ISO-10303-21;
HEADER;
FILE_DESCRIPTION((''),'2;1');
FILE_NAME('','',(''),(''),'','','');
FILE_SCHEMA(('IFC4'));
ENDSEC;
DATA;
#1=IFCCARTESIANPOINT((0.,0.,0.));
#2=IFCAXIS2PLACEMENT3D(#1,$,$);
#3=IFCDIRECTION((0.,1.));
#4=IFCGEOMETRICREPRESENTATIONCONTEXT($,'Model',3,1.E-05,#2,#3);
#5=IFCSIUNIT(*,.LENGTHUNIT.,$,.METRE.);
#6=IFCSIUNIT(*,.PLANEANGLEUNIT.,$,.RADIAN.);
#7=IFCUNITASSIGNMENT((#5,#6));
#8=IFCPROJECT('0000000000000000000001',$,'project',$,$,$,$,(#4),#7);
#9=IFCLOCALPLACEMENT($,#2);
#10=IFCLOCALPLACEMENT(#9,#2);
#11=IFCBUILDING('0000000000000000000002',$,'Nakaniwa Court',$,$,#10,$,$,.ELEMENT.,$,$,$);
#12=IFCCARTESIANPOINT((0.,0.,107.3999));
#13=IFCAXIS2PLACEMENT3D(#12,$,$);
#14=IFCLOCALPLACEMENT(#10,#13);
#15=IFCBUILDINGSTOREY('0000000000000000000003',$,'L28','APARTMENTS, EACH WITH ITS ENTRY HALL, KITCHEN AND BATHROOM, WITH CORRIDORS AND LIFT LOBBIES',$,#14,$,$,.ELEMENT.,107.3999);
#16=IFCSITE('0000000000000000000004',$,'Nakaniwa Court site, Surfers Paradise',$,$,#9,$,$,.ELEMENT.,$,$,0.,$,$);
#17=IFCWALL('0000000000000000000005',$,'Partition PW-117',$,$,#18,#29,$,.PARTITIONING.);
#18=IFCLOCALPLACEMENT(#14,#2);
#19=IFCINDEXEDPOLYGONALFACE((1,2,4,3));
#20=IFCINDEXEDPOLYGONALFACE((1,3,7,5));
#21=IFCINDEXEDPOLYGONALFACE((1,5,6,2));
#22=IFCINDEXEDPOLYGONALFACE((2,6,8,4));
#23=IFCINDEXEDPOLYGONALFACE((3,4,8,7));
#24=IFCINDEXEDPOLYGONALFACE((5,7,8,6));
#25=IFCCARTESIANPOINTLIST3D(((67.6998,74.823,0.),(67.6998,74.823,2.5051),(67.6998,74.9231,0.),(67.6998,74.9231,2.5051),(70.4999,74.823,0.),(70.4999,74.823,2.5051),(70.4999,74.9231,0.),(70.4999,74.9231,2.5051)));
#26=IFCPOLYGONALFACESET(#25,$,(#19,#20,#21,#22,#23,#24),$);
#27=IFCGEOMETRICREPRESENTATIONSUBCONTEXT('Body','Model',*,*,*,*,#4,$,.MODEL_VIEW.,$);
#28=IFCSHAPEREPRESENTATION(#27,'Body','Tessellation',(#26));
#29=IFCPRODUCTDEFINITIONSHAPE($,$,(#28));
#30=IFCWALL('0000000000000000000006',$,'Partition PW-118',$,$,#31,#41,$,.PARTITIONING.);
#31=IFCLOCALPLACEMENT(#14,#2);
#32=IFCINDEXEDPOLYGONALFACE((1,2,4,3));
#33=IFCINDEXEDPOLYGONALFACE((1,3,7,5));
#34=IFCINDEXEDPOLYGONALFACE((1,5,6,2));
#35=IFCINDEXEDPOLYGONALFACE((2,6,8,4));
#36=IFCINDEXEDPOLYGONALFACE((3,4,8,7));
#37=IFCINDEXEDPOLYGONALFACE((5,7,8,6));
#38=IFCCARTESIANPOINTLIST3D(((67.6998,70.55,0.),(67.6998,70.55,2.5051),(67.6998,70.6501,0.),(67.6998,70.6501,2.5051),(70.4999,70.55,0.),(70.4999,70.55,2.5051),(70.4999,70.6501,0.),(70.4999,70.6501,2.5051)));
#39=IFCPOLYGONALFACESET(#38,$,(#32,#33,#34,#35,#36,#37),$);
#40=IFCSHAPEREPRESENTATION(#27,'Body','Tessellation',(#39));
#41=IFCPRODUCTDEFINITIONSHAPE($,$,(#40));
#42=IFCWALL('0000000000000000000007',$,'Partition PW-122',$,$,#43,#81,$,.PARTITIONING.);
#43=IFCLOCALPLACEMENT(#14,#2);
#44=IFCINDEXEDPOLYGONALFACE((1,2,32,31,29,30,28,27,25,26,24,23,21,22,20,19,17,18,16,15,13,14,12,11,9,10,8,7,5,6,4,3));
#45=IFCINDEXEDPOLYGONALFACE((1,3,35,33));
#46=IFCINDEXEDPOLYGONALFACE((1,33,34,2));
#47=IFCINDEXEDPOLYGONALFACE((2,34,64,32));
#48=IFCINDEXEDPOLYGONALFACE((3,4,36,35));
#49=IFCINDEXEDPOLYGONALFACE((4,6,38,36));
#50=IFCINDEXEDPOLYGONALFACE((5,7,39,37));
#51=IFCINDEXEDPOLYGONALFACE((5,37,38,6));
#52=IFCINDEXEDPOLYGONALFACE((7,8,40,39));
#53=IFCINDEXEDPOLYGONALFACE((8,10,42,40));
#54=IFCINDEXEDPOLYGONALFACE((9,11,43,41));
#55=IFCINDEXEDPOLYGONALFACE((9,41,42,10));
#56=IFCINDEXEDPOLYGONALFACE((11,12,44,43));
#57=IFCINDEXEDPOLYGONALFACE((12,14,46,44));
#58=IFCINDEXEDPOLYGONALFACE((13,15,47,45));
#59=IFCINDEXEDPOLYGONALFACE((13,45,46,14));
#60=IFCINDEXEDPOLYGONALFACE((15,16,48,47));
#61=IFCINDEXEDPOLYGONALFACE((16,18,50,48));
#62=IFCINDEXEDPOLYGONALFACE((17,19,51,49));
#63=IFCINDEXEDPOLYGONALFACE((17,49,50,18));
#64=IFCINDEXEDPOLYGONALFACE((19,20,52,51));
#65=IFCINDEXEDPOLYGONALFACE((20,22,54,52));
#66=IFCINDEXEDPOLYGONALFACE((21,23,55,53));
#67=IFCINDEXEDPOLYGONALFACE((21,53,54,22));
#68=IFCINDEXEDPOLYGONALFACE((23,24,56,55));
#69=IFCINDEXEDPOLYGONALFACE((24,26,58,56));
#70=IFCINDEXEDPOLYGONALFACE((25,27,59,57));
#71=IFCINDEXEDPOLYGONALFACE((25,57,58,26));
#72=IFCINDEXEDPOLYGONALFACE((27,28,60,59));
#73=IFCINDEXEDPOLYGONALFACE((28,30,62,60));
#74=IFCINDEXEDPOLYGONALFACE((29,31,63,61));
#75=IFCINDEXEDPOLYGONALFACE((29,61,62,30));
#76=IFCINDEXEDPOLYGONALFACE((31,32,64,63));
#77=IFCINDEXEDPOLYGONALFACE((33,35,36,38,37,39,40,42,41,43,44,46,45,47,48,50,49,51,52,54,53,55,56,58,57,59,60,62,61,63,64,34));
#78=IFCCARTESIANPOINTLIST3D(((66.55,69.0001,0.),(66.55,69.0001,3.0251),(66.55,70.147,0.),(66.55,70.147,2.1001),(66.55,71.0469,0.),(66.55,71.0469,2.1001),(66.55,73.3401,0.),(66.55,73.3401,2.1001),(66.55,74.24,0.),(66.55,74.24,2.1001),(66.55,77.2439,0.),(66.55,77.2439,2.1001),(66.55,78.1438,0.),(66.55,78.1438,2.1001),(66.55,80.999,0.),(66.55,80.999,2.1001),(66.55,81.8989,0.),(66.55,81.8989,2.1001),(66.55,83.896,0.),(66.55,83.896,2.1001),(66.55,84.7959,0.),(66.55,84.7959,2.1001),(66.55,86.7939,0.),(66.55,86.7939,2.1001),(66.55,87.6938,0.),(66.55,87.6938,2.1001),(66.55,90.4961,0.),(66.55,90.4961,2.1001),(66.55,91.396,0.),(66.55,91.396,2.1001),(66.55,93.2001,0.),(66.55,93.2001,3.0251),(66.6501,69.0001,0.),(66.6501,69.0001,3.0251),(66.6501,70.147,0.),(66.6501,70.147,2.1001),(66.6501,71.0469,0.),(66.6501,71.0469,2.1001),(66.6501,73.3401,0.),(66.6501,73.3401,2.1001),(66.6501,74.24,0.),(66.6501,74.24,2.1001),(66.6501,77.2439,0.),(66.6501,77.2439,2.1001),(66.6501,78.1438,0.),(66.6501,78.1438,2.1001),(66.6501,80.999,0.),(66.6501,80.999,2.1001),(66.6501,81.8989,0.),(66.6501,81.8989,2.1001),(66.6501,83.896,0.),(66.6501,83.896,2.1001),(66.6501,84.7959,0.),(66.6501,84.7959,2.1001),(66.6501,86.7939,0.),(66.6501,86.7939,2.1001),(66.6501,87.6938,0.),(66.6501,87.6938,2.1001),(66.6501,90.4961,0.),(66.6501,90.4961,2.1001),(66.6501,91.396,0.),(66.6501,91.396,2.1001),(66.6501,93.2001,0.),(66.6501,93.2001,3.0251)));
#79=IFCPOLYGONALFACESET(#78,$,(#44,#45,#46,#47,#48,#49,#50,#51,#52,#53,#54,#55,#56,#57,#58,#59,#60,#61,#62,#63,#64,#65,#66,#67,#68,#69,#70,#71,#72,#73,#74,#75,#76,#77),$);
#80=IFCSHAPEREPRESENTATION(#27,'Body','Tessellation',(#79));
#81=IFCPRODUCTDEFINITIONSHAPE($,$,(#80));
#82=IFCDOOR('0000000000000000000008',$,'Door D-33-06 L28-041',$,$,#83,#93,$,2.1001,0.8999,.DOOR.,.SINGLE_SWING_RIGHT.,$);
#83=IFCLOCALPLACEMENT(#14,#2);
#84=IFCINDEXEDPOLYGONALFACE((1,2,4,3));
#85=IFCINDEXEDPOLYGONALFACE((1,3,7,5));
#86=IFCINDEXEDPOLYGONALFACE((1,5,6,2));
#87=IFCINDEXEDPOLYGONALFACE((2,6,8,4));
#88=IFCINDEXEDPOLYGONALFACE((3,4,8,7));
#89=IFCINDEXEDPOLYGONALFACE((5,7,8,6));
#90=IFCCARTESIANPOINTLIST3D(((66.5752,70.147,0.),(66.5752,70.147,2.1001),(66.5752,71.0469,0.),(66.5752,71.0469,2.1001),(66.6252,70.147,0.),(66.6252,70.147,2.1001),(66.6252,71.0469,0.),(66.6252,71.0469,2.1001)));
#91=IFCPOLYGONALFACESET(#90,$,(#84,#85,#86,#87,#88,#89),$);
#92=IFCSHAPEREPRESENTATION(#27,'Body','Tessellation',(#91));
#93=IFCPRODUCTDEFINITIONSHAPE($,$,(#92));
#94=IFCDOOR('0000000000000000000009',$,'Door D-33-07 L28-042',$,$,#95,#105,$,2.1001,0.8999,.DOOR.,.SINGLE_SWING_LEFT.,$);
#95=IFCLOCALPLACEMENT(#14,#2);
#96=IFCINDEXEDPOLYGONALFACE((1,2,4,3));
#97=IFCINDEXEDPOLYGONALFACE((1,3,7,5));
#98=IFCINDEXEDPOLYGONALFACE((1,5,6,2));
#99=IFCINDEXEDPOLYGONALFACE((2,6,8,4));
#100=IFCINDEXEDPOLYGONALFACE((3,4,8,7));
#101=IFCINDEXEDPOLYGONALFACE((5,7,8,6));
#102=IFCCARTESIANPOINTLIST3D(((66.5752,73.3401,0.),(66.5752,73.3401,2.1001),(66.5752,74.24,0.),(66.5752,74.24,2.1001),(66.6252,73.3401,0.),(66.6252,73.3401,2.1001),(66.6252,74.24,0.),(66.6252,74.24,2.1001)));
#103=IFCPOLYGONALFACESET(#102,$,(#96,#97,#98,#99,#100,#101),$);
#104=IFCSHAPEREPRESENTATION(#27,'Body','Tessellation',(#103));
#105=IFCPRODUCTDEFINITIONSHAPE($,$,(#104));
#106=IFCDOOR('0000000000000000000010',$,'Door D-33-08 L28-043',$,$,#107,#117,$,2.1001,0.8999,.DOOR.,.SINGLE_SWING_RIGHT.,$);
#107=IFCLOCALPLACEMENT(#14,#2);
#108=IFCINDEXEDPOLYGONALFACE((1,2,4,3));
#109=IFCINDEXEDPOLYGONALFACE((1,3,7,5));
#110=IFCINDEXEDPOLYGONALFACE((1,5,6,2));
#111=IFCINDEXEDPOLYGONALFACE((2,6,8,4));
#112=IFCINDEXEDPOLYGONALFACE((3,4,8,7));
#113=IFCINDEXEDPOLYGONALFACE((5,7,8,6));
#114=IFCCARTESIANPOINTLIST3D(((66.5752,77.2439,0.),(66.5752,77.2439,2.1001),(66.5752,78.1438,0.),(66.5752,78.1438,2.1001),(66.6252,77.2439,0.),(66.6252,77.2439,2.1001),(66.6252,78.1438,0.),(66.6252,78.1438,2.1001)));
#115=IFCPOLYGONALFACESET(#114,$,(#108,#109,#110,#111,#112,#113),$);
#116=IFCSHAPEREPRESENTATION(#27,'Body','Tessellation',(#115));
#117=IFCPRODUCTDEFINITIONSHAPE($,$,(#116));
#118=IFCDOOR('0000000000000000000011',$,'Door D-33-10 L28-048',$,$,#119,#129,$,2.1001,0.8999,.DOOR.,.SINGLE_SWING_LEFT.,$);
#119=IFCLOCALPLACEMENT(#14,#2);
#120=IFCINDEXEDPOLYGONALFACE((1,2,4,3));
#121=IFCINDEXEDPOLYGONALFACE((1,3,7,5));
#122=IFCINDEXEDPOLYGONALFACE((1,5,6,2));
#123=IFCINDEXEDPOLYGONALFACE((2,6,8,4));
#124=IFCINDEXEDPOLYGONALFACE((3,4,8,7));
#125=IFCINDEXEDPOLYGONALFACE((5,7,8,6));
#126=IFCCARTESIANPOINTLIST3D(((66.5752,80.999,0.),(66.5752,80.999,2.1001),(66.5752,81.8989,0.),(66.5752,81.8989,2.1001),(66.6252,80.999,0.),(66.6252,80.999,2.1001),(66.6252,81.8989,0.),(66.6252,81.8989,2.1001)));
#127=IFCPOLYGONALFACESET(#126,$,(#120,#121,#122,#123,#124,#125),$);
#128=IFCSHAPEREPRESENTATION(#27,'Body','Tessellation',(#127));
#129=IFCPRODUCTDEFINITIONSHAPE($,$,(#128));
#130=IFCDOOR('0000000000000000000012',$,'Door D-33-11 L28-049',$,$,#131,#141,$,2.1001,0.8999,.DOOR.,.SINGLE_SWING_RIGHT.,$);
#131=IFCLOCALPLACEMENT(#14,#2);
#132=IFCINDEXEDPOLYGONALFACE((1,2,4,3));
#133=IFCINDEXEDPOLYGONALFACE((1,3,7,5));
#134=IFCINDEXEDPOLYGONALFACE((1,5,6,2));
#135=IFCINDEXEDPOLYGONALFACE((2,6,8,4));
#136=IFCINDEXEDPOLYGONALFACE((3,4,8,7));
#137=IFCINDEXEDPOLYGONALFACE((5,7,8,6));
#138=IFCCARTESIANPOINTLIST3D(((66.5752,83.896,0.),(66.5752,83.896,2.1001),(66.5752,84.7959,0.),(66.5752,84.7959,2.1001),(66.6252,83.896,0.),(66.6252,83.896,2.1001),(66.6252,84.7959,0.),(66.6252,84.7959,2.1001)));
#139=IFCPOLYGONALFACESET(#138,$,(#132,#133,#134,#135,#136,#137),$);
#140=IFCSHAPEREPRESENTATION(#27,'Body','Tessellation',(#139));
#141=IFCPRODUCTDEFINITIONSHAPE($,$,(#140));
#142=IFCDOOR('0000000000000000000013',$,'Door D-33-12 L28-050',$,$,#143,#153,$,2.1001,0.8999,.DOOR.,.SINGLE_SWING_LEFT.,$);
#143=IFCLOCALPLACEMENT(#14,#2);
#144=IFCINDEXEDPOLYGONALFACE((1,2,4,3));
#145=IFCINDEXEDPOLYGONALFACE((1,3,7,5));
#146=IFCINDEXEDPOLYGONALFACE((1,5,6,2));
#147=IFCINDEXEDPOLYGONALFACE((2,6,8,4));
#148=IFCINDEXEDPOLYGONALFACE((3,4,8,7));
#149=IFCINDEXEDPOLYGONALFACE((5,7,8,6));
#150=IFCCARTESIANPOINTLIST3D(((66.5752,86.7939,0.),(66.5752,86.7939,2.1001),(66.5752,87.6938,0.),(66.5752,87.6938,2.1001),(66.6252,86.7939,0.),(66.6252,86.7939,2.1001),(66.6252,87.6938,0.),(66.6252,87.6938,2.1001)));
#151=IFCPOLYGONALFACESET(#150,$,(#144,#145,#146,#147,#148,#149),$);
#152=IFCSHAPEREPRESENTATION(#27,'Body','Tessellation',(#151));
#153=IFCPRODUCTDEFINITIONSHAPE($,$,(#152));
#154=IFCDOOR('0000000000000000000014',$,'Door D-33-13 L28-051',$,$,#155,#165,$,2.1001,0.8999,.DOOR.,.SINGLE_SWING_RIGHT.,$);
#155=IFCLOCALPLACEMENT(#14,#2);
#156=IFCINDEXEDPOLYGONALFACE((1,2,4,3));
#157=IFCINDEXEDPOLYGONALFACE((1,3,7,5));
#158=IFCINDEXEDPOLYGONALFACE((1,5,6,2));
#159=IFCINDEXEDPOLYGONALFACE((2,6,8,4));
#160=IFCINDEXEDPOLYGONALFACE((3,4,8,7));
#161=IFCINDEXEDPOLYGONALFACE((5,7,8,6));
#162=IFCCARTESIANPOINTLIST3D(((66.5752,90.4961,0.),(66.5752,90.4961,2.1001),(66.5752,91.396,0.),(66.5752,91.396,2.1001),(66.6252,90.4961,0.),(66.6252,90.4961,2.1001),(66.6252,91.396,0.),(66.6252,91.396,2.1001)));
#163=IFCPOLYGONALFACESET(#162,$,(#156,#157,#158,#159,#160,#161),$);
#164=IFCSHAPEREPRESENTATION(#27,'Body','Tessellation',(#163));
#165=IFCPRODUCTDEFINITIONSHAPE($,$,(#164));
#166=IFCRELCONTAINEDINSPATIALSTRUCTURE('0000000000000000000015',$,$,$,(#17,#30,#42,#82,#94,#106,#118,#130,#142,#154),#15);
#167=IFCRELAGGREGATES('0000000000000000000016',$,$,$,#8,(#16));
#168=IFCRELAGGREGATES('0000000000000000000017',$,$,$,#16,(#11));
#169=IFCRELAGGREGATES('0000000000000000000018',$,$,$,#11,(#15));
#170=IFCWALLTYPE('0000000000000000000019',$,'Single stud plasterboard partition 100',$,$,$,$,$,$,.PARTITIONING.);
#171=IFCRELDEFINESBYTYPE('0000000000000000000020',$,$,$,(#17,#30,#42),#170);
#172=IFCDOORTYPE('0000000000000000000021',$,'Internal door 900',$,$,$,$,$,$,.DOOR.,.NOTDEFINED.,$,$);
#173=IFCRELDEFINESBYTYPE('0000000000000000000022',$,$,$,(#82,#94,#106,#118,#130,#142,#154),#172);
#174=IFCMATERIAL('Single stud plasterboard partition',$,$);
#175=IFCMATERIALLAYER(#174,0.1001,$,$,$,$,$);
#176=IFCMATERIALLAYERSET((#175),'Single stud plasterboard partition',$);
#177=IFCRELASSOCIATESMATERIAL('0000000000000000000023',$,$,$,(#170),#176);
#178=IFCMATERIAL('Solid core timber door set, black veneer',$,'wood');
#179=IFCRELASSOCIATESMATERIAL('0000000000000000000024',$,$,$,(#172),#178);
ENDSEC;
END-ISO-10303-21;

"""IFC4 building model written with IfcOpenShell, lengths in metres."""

from ifc_helpers import new_model, si_unit, direction, frame, frame_2d, origin, place, context, subcontext, project, spatial, rectangle, extrude, material, layer, layer_set, type_object, element, fill, save


model = new_model("IFC4")

# Units and contexts
model_context = context("Model", 3, precision=1e-05, world=origin(), true_north=direction((0.0, 1.0)))
body_context = subcontext(model_context, "Body", "Model", "MODEL_VIEW")
ifc_project = project(units=[si_unit("LENGTHUNIT", "METRE"), si_unit("PLANEANGLEUNIT", "RADIAN")], contexts=[model_context])

# Site, building, storey
site_placement = place(None, origin())
site = spatial("IfcSite", under=ifc_project, at=site_placement, Name="Nakaniwa Court site, Surfers Paradise", CompositionType="ELEMENT", RefElevation=0.0)
building_placement = place(site_placement, origin())
building = spatial("IfcBuilding", under=site, at=building_placement, Name="Nakaniwa Court", CompositionType="ELEMENT")
storey_placement = place(building_placement, frame((0.0, 0.0, 107.3999)))
storey = spatial("IfcBuildingStorey", under=building, at=storey_placement, Name="L28", Description="APARTMENTS, EACH WITH ITS ENTRY HALL, KITCHEN AND BATHROOM, WITH CORRIDORS AND LIFT LOBBIES", CompositionType="ELEMENT", Elevation=107.3999)

# Shared definitions
ifc_material_1 = material(Name="Solid core timber door set, black veneer", Category="wood")

# Walls
ifc_material_2 = material(Name="Single stud plasterboard partition")
ifc_layer_1 = layer(ifc_material_2, 0.1001)
ifc_layer_set_1 = layer_set([ifc_layer_1], Name="Single stud plasterboard partition")
wall_type_1 = type_object("IfcWallType", Name="Single stud plasterboard partition 100", PredefinedType="PARTITIONING", material=ifc_layer_set_1)
for number, where, z_axis, x_axis, name in (
    (1, (67.7, 74.873, 0.0), (0.0, 0.0, 1.0), (1.0, 0.0, 0.0), "Partition PW-117"),
    (2, (67.7, 70.6001, 0.0), (0.0, 0.0, 1.0), (1.0, 0.0, 0.0), "Partition PW-118"),
):
    element("IfcWall", number, at=place(storey_placement, frame(where, z_axis=z_axis, x_axis=x_axis)), inside=storey, type_object=wall_type_1, Name=name, PredefinedType="PARTITIONING", context=body_context, shape_type="SweptSolid", body=[
        extrude(rectangle(XDim=2.8, YDim=0.1001, at=frame_2d((1.3999, 0.0))), origin(), (0.0, 0.0, 1.0), 2.5051),
    ])

# Wall, openings, doors
wall_1_placement = place(storey_placement, frame((66.6001, 69.0, 0.0), z_axis=(0.0, 0.0, 1.0), x_axis=(0.0, 1.0, 0.0)))
wall_1 = element("IfcWall", 3, at=wall_1_placement, inside=storey, type_object=wall_type_1, Name="Partition PW-122", PredefinedType="PARTITIONING", context=body_context, shape_type="SweptSolid", body=[
    extrude(rectangle(XDim=24.2, YDim=0.1001, at=frame_2d((12.1001, 0.0))), origin(), (0.0, 0.0, 1.0), 3.0251),
])
opening_1_placement = place(wall_1_placement, frame((1.147, 0.0, 0.0)))
opening_1 = element("IfcOpeningElement", 4, at=opening_1_placement, cuts=wall_1, PredefinedType="OPENING", context=body_context, shape_type="SweptSolid", body=[
    extrude(rectangle(XDim=0.8999, YDim=2.1001, at=frame_2d((0.45, 1.05))), frame((0.0, 0.0601, 0.0), z_axis=(0.0, -1.0, 0.0), x_axis=(1.0, 0.0, 0.0)), (0.0, 0.0, 1.0), 0.1201),
])
opening_2_placement = place(wall_1_placement, frame((4.3401, 0.0, 0.0)))
opening_2 = element("IfcOpeningElement", 5, at=opening_2_placement, cuts=wall_1, PredefinedType="OPENING", context=body_context, shape_type="SweptSolid", body=[
    extrude(rectangle(XDim=0.8999, YDim=2.1001, at=frame_2d((0.45, 1.05))), frame((0.0, 0.0601, 0.0), z_axis=(0.0, -1.0, 0.0), x_axis=(1.0, 0.0, 0.0)), (0.0, 0.0, 1.0), 0.1201),
])
opening_3_placement = place(wall_1_placement, frame((8.2439, 0.0, 0.0)))
opening_3 = element("IfcOpeningElement", 6, at=opening_3_placement, cuts=wall_1, PredefinedType="OPENING", context=body_context, shape_type="SweptSolid", body=[
    extrude(rectangle(XDim=0.8999, YDim=2.1001, at=frame_2d((0.45, 1.05))), frame((0.0, 0.0601, 0.0), z_axis=(0.0, -1.0, 0.0), x_axis=(1.0, 0.0, 0.0)), (0.0, 0.0, 1.0), 0.1201),
])
opening_4_placement = place(wall_1_placement, frame((11.999, 0.0, 0.0)))
opening_4 = element("IfcOpeningElement", 7, at=opening_4_placement, cuts=wall_1, PredefinedType="OPENING", context=body_context, shape_type="SweptSolid", body=[
    extrude(rectangle(XDim=0.8999, YDim=2.1001, at=frame_2d((0.45, 1.05))), frame((0.0, 0.0601, 0.0), z_axis=(0.0, -1.0, 0.0), x_axis=(1.0, 0.0, 0.0)), (0.0, 0.0, 1.0), 0.1201),
])
opening_5_placement = place(wall_1_placement, frame((14.896, 0.0, 0.0)))
opening_5 = element("IfcOpeningElement", 8, at=opening_5_placement, cuts=wall_1, PredefinedType="OPENING", context=body_context, shape_type="SweptSolid", body=[
    extrude(rectangle(XDim=0.8999, YDim=2.1001, at=frame_2d((0.45, 1.05))), frame((0.0, 0.0601, 0.0), z_axis=(0.0, -1.0, 0.0), x_axis=(1.0, 0.0, 0.0)), (0.0, 0.0, 1.0), 0.1201),
])
opening_6_placement = place(wall_1_placement, frame((17.7939, 0.0, 0.0)))
opening_6 = element("IfcOpeningElement", 9, at=opening_6_placement, cuts=wall_1, PredefinedType="OPENING", context=body_context, shape_type="SweptSolid", body=[
    extrude(rectangle(XDim=0.8999, YDim=2.1001, at=frame_2d((0.45, 1.05))), frame((0.0, 0.0601, 0.0), z_axis=(0.0, -1.0, 0.0), x_axis=(1.0, 0.0, 0.0)), (0.0, 0.0, 1.0), 0.1201),
])
opening_7_placement = place(wall_1_placement, frame((21.4961, 0.0, 0.0)))
opening_7 = element("IfcOpeningElement", 10, at=opening_7_placement, cuts=wall_1, PredefinedType="OPENING", context=body_context, shape_type="SweptSolid", body=[
    extrude(rectangle(XDim=0.8999, YDim=2.1001, at=frame_2d((0.45, 1.05))), frame((0.0, 0.0601, 0.0), z_axis=(0.0, -1.0, 0.0), x_axis=(1.0, 0.0, 0.0)), (0.0, 0.0, 1.0), 0.1201),
])
door_type_1 = type_object("IfcDoorType", Name="Internal door 900", OperationType="NOTDEFINED", PredefinedType="DOOR", material=ifc_material_1)
door_1_placement = place(opening_1_placement, origin())
door_1 = element("IfcDoor", 11, at=door_1_placement, inside=storey, type_object=door_type_1, Name="Door D-33-06 L28-041", OperationType="SINGLE_SWING_RIGHT", OverallHeight=2.1001, OverallWidth=0.8999, PredefinedType="DOOR", context=body_context, shape_type="SweptSolid", body=[
    extrude(rectangle(XDim=0.8999, YDim=2.1001, at=frame_2d((0.45, 1.05))), frame((0.0, 0.0249, 0.0), z_axis=(0.0, -1.0, 0.0), x_axis=(1.0, 0.0, 0.0)), (0.0, 0.0, 1.0), 0.05),
])
fill(opening_1, door_1)
door_2_placement = place(opening_2_placement, origin())
door_2 = element("IfcDoor", 12, at=door_2_placement, inside=storey, type_object=door_type_1, Name="Door D-33-07 L28-042", OperationType="SINGLE_SWING_LEFT", OverallHeight=2.1001, OverallWidth=0.8999, PredefinedType="DOOR", context=body_context, shape_type="SweptSolid", body=[
    extrude(rectangle(XDim=0.8999, YDim=2.1001, at=frame_2d((0.45, 1.05))), frame((0.0, 0.0249, 0.0), z_axis=(0.0, -1.0, 0.0), x_axis=(1.0, 0.0, 0.0)), (0.0, 0.0, 1.0), 0.05),
])
fill(opening_2, door_2)
door_3_placement = place(opening_3_placement, origin())
door_3 = element("IfcDoor", 13, at=door_3_placement, inside=storey, type_object=door_type_1, Name="Door D-33-08 L28-043", OperationType="SINGLE_SWING_RIGHT", OverallHeight=2.1001, OverallWidth=0.8999, PredefinedType="DOOR", context=body_context, shape_type="SweptSolid", body=[
    extrude(rectangle(XDim=0.8999, YDim=2.1001, at=frame_2d((0.45, 1.05))), frame((0.0, 0.0249, 0.0), z_axis=(0.0, -1.0, 0.0), x_axis=(1.0, 0.0, 0.0)), (0.0, 0.0, 1.0), 0.05),
])
fill(opening_3, door_3)
door_4_placement = place(opening_4_placement, origin())
door_4 = element("IfcDoor", 14, at=door_4_placement, inside=storey, type_object=door_type_1, Name="Door D-33-10 L28-048", OperationType="SINGLE_SWING_LEFT", OverallHeight=2.1001, OverallWidth=0.8999, PredefinedType="DOOR", context=body_context, shape_type="SweptSolid", body=[
    extrude(rectangle(XDim=0.8999, YDim=2.1001, at=frame_2d((0.45, 1.05))), frame((0.0, 0.0249, 0.0), z_axis=(0.0, -1.0, 0.0), x_axis=(1.0, 0.0, 0.0)), (0.0, 0.0, 1.0), 0.05),
])
fill(opening_4, door_4)
door_5_placement = place(opening_5_placement, origin())
door_5 = element("IfcDoor", 15, at=door_5_placement, inside=storey, type_object=door_type_1, Name="Door D-33-11 L28-049", OperationType="SINGLE_SWING_RIGHT", OverallHeight=2.1001, OverallWidth=0.8999, PredefinedType="DOOR", context=body_context, shape_type="SweptSolid", body=[
    extrude(rectangle(XDim=0.8999, YDim=2.1001, at=frame_2d((0.45, 1.05))), frame((0.0, 0.0249, 0.0), z_axis=(0.0, -1.0, 0.0), x_axis=(1.0, 0.0, 0.0)), (0.0, 0.0, 1.0), 0.05),
])
fill(opening_5, door_5)
door_6_placement = place(opening_6_placement, origin())
door_6 = element("IfcDoor", 16, at=door_6_placement, inside=storey, type_object=door_type_1, Name="Door D-33-12 L28-050", OperationType="SINGLE_SWING_LEFT", OverallHeight=2.1001, OverallWidth=0.8999, PredefinedType="DOOR", context=body_context, shape_type="SweptSolid", body=[
    extrude(rectangle(XDim=0.8999, YDim=2.1001, at=frame_2d((0.45, 1.05))), frame((0.0, 0.0249, 0.0), z_axis=(0.0, -1.0, 0.0), x_axis=(1.0, 0.0, 0.0)), (0.0, 0.0, 1.0), 0.05),
])
fill(opening_6, door_6)
door_7_placement = place(opening_7_placement, origin())
door_7 = element("IfcDoor", 17, at=door_7_placement, inside=storey, type_object=door_type_1, Name="Door D-33-13 L28-051", OperationType="SINGLE_SWING_RIGHT", OverallHeight=2.1001, OverallWidth=0.8999, PredefinedType="DOOR", context=body_context, shape_type="SweptSolid", body=[
    extrude(rectangle(XDim=0.8999, YDim=2.1001, at=frame_2d((0.45, 1.05))), frame((0.0, 0.0249, 0.0), z_axis=(0.0, -1.0, 0.0), x_axis=(1.0, 0.0, 0.0)), (0.0, 0.0, 1.0), 0.05),
])
fill(opening_7, door_7)

save(model, "model.ifc")
